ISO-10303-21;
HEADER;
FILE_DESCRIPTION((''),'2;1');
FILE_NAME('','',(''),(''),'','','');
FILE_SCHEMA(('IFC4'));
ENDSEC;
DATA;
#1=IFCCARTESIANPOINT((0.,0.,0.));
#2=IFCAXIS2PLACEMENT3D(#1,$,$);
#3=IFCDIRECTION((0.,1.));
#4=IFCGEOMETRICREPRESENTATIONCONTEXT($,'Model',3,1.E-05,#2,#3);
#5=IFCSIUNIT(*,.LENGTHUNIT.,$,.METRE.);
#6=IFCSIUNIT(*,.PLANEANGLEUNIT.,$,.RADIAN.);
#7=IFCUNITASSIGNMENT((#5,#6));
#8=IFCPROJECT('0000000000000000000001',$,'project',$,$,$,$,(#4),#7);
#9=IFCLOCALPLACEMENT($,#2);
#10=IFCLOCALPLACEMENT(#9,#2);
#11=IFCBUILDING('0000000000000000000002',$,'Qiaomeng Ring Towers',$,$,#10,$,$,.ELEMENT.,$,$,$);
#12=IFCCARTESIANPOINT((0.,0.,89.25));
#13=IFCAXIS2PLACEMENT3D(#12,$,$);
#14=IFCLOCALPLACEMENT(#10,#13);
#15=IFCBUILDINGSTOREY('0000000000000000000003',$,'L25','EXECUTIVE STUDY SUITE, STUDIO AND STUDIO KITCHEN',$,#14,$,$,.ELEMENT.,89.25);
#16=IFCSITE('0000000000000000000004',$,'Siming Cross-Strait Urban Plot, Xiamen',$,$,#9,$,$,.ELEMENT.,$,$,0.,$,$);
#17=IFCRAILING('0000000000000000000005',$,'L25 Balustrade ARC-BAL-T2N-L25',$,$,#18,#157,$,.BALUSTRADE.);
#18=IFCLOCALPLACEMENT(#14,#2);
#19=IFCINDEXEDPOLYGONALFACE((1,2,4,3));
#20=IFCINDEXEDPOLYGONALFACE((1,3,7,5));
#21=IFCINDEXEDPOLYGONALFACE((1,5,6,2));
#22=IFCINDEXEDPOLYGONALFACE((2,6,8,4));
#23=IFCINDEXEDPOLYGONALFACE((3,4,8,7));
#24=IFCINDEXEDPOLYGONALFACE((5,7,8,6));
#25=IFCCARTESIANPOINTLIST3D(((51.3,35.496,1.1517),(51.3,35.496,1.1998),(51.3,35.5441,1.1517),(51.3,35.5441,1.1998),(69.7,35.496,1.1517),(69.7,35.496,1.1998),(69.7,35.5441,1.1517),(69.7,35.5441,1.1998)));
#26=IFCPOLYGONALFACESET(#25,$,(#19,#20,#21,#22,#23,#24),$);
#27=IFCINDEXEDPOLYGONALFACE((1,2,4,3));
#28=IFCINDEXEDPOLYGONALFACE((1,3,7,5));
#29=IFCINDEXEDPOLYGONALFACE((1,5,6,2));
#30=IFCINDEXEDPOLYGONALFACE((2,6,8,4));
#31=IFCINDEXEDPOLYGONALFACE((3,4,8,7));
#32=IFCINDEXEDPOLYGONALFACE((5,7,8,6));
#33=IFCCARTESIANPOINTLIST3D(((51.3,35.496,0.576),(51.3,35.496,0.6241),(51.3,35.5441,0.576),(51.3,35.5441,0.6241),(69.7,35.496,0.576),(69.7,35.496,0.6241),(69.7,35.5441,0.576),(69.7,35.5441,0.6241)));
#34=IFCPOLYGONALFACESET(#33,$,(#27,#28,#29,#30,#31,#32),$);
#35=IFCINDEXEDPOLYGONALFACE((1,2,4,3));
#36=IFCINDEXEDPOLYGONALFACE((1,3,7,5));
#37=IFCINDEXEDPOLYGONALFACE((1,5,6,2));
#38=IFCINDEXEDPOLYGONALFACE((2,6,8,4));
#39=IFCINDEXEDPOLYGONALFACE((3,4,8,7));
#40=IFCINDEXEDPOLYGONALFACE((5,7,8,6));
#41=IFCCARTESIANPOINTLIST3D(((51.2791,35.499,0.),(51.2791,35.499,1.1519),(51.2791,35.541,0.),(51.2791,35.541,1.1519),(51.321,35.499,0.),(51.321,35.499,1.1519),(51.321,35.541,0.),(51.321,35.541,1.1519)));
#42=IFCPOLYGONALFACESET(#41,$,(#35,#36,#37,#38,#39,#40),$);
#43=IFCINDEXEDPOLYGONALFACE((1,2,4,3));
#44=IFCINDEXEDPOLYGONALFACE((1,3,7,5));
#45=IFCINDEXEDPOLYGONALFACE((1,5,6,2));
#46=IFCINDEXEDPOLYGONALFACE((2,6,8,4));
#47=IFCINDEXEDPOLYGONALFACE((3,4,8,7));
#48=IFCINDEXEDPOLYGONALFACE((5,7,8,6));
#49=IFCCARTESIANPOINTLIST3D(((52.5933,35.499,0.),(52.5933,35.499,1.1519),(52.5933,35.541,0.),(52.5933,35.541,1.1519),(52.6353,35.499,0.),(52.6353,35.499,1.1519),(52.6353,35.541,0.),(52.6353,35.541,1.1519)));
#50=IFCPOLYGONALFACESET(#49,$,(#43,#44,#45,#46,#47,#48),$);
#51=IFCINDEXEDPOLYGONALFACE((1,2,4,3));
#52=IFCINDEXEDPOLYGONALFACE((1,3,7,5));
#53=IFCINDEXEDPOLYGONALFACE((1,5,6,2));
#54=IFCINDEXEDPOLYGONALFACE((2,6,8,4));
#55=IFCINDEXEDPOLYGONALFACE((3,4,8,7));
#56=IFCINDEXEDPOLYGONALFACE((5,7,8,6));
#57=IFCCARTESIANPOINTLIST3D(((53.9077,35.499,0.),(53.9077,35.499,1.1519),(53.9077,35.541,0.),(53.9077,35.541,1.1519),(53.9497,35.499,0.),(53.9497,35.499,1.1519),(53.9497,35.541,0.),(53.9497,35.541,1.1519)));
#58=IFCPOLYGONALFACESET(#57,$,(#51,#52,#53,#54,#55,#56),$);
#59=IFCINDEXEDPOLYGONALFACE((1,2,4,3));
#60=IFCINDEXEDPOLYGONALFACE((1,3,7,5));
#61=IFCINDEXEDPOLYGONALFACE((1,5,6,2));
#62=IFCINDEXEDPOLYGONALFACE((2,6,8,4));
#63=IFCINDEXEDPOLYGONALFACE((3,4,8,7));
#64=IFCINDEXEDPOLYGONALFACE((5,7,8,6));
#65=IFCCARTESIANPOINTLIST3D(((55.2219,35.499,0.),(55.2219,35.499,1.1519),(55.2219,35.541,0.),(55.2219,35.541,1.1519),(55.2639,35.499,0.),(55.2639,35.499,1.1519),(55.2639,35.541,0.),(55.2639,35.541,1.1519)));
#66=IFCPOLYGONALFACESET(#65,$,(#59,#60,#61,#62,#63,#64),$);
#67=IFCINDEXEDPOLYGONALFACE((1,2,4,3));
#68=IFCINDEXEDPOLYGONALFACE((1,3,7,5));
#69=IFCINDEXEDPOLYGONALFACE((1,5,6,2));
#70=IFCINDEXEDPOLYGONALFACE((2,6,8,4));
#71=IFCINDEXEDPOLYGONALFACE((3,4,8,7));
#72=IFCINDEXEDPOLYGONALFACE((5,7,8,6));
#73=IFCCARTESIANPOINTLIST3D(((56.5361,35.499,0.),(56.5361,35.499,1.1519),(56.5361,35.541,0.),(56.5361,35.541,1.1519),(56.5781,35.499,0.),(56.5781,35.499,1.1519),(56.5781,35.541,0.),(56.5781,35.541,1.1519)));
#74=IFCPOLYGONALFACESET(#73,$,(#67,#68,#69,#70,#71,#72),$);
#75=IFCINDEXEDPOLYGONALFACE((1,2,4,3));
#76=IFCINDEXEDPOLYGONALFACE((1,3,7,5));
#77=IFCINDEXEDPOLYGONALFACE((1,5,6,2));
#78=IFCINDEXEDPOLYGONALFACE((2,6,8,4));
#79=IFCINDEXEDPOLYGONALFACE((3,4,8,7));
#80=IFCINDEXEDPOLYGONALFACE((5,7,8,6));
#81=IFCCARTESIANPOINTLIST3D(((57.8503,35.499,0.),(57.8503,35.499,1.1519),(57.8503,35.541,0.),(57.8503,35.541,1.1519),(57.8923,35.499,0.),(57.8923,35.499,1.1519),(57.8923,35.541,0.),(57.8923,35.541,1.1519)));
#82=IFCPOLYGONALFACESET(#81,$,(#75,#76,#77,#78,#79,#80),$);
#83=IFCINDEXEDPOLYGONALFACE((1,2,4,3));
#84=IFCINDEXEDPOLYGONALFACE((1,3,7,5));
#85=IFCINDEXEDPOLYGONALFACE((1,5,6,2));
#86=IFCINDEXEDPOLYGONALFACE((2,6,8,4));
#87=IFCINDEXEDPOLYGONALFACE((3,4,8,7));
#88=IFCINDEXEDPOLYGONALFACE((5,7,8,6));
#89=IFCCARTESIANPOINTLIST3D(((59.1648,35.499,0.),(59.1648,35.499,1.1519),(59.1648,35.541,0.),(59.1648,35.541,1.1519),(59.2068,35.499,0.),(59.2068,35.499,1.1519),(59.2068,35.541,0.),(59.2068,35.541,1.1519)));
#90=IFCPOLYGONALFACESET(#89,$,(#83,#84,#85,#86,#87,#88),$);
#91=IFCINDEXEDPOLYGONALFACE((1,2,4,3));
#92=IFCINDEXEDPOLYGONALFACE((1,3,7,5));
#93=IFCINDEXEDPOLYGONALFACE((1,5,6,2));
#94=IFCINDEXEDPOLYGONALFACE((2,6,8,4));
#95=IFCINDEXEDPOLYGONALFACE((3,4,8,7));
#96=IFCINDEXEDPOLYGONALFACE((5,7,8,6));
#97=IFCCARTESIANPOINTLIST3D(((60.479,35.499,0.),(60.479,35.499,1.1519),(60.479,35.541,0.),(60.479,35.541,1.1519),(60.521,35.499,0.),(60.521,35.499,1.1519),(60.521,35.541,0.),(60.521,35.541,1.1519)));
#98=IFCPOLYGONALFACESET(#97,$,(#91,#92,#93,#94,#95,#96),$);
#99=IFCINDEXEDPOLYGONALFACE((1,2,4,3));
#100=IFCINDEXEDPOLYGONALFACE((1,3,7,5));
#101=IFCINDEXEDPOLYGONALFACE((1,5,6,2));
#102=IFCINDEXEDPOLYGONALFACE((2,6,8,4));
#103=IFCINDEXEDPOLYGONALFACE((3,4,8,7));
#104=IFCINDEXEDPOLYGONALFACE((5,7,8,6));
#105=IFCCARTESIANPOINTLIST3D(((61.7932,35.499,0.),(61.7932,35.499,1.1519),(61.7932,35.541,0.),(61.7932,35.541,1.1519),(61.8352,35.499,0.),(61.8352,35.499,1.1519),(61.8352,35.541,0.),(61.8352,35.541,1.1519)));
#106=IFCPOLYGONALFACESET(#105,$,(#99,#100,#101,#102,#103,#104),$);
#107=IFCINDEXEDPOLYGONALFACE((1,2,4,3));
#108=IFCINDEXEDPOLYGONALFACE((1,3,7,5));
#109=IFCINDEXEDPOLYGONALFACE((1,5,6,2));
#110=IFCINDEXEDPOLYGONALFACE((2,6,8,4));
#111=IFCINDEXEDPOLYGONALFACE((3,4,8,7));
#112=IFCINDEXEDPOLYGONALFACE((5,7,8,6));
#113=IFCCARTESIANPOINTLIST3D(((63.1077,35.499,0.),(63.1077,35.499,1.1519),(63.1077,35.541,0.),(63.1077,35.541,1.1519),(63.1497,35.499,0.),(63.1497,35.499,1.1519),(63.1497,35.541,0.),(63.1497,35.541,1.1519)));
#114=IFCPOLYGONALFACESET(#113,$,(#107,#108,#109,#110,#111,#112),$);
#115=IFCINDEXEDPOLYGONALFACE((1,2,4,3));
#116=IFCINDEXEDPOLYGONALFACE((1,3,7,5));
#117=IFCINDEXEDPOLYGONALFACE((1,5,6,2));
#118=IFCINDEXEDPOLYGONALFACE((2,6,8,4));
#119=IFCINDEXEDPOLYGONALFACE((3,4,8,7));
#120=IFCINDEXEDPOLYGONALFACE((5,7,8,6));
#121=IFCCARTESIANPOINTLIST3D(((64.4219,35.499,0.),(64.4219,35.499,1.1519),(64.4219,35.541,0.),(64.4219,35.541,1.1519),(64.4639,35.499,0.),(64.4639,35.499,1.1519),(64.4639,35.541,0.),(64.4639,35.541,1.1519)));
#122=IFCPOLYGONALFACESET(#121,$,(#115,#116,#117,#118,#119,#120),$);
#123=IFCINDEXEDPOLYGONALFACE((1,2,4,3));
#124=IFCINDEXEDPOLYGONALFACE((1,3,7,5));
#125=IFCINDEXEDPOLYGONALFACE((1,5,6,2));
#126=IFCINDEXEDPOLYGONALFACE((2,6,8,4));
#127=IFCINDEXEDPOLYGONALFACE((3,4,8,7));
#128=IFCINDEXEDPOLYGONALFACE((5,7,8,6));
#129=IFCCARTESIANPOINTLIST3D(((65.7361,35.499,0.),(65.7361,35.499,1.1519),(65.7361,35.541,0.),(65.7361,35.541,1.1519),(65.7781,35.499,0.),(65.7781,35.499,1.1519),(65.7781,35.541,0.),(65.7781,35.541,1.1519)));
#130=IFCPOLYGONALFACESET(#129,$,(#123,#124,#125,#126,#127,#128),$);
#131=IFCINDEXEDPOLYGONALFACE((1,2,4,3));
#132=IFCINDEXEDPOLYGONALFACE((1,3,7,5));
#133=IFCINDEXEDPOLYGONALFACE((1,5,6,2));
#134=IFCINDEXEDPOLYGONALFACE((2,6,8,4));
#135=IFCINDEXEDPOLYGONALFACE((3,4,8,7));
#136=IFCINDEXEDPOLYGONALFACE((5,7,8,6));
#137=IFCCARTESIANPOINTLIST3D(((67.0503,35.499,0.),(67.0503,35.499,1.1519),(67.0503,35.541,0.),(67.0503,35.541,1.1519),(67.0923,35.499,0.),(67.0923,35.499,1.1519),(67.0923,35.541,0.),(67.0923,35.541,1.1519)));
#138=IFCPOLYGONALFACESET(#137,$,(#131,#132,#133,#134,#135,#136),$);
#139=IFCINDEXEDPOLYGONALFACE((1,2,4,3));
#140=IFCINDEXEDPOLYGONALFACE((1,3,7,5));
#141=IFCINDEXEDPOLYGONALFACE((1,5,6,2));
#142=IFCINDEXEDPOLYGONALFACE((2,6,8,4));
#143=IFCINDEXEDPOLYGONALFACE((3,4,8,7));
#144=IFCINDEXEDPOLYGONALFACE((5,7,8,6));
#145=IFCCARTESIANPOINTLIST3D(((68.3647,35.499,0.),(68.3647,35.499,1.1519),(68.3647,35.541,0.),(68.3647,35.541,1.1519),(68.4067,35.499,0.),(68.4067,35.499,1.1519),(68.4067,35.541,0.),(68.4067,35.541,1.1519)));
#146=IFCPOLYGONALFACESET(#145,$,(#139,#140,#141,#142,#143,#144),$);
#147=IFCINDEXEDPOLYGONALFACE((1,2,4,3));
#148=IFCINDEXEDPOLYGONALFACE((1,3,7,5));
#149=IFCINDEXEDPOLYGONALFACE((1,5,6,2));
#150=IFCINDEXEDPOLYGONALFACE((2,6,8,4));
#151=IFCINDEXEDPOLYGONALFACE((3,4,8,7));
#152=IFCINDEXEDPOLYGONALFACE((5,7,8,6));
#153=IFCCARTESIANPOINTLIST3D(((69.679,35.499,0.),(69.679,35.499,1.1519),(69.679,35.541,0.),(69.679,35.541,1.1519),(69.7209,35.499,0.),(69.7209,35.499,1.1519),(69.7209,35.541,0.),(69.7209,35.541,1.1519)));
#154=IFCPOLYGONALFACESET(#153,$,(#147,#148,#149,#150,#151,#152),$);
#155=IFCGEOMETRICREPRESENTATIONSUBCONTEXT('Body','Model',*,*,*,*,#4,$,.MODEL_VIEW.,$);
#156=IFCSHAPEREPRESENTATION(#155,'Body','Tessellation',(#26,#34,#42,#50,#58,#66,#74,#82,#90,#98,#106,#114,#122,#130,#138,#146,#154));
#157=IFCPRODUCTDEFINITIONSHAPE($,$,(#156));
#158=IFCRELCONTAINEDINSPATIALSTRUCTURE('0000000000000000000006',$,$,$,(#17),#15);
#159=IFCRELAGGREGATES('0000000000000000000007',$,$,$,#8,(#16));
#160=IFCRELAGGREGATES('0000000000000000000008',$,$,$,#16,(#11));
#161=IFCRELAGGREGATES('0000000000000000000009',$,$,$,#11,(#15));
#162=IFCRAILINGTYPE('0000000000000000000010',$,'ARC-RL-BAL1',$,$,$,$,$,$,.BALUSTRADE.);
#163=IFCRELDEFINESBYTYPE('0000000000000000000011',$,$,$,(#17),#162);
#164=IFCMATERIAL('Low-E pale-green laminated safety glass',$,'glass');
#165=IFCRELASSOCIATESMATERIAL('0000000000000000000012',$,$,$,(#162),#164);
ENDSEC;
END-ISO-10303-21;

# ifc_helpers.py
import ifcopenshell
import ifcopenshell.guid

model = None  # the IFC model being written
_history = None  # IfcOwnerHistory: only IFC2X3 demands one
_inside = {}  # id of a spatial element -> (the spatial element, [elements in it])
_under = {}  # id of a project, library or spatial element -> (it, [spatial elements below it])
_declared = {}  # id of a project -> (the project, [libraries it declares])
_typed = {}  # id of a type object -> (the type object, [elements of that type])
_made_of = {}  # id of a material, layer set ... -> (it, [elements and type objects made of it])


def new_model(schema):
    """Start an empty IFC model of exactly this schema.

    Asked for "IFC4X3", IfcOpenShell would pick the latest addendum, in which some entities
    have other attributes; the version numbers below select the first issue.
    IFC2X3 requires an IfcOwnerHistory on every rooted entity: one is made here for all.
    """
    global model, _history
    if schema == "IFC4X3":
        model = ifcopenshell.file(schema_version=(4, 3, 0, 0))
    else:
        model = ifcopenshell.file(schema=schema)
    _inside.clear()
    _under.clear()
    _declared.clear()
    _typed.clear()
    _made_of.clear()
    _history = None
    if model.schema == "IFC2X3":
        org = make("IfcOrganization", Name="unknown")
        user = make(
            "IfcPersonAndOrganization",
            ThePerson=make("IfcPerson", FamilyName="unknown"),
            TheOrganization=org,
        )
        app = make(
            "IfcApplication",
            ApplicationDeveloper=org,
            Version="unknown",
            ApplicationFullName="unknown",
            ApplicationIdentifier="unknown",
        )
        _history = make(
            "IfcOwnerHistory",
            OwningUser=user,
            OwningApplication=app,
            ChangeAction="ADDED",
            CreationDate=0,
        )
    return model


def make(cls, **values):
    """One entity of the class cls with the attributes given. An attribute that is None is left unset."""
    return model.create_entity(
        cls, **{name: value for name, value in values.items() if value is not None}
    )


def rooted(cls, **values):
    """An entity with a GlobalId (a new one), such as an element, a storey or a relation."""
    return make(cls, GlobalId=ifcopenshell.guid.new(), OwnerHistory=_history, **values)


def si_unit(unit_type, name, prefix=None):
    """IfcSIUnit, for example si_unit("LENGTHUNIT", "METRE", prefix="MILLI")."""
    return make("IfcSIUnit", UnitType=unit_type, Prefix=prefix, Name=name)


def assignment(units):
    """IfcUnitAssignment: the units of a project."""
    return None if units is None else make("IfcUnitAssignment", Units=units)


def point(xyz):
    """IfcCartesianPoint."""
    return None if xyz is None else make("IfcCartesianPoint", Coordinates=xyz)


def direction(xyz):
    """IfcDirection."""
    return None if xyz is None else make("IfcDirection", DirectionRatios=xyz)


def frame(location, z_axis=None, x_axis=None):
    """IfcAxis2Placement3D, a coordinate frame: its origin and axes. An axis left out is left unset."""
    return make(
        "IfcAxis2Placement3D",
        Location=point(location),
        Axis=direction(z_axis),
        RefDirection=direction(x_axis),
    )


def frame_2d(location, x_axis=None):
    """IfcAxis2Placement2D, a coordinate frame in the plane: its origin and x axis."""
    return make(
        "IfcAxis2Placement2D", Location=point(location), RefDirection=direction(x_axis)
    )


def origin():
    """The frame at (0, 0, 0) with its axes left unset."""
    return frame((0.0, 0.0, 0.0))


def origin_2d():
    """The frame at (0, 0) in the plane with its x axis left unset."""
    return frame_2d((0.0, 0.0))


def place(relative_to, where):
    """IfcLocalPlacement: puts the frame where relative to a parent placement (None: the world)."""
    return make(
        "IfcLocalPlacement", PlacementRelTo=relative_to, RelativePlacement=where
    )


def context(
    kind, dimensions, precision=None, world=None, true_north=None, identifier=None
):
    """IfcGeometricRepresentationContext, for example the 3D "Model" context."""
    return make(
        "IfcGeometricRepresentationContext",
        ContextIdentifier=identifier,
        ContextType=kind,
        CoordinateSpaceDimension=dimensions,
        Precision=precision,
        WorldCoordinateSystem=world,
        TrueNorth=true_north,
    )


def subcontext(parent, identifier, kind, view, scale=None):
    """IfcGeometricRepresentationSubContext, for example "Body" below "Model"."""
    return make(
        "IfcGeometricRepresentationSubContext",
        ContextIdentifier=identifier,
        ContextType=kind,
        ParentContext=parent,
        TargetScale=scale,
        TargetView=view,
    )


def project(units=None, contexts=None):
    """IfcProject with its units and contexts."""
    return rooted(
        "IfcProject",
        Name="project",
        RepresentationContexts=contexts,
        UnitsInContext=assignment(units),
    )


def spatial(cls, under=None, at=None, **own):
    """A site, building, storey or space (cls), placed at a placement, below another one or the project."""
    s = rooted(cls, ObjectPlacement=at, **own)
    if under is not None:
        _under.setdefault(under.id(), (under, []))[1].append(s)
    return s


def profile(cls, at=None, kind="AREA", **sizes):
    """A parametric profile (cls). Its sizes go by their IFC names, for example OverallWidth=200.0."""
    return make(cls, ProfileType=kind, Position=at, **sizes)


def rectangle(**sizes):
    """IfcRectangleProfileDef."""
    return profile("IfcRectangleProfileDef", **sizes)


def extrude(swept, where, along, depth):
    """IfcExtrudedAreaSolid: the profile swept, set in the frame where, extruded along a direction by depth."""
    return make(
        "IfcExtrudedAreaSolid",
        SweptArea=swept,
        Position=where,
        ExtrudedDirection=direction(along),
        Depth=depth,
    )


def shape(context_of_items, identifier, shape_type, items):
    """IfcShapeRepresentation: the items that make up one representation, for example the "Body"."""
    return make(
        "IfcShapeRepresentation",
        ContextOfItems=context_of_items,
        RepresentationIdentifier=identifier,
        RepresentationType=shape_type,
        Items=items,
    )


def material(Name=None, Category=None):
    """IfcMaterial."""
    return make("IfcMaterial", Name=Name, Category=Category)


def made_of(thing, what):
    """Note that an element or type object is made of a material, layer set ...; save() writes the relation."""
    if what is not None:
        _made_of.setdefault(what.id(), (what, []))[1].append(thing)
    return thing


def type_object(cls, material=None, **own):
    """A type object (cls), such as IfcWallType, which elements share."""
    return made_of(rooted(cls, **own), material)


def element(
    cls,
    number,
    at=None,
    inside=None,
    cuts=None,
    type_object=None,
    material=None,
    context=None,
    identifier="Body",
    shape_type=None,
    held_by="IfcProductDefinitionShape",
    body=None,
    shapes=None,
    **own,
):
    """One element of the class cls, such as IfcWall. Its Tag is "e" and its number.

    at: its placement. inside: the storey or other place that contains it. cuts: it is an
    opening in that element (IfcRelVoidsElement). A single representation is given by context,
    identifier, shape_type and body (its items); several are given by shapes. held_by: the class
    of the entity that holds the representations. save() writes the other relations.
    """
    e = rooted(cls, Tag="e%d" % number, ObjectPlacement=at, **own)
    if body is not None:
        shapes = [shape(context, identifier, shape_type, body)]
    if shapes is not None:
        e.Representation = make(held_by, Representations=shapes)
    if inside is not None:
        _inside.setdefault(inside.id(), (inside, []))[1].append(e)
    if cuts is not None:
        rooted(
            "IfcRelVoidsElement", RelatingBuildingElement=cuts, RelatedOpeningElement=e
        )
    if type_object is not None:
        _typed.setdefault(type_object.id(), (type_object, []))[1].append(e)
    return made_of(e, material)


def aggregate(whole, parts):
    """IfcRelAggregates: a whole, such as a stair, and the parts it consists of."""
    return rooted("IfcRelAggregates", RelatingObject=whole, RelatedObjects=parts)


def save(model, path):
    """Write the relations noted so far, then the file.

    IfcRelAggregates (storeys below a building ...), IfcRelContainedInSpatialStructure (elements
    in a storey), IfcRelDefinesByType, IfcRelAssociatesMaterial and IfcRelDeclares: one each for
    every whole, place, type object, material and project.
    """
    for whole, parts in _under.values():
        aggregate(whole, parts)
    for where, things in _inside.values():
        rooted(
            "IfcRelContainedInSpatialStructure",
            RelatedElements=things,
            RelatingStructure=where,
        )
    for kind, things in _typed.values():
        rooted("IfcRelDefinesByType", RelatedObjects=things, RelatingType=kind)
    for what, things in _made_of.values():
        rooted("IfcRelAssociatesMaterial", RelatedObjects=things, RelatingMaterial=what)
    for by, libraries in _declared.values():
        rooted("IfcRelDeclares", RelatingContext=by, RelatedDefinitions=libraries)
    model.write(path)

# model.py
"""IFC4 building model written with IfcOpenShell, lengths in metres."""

from ifc_helpers import new_model, si_unit, direction, frame, origin, origin_2d, place, context, subcontext, project, spatial, rectangle, extrude, material, type_object, element, save


model = new_model("IFC4")

# Units and contexts
model_context = context("Model", 3, precision=1e-05, world=origin(), true_north=direction((0.0, 1.0)))
body_context = subcontext(model_context, "Body", "Model", "MODEL_VIEW")
ifc_project = project(units=[si_unit("LENGTHUNIT", "METRE"), si_unit("PLANEANGLEUNIT", "RADIAN")], contexts=[model_context])

# Site, building, storey
site_placement = place(None, origin())
site = spatial("IfcSite", under=ifc_project, at=site_placement, Name="Siming Cross-Strait Urban Plot, Xiamen", CompositionType="ELEMENT", RefElevation=0.0)
building_placement = place(site_placement, origin())
building = spatial("IfcBuilding", under=site, at=building_placement, Name="Qiaomeng Ring Towers", CompositionType="ELEMENT")
storey_placement = place(building_placement, frame((0.0, 0.0, 89.25)))
storey = spatial("IfcBuildingStorey", under=building, at=storey_placement, Name="L25", Description="EXECUTIVE STUDY SUITE, STUDIO AND STUDIO KITCHEN", CompositionType="ELEMENT", Elevation=89.25)

# Railing
ifc_material_1 = material(Name="Low-E pale-green laminated safety glass", Category="glass")
railing_type = type_object("IfcRailingType", Name="ARC-RL-BAL1", PredefinedType="BALUSTRADE", material=ifc_material_1)
railing_1_placement = place(storey_placement, frame((51.3, 35.52, 0.0)))
element("IfcRailing", 1, at=railing_1_placement, inside=storey, type_object=railing_type, Name="L25 Balustrade ARC-BAL-T2N-L25", PredefinedType="BALUSTRADE", context=body_context, shape_type="SweptSolid", body=[
    extrude(rectangle(XDim=0.0481, YDim=0.0481, at=origin_2d()), frame((0.0, 0.0, 1.1758), z_axis=(1.0, 0.0, 0.0), x_axis=(0.0, 1.0, 0.0)), (0.0, 0.0, 1.0), 18.3999),
    extrude(rectangle(XDim=0.0481, YDim=0.0481, at=origin_2d()), frame((0.0, 0.0, 0.6001), z_axis=(1.0, 0.0, 0.0), x_axis=(0.0, 1.0, 0.0)), (0.0, 0.0, 1.0), 18.3999),
    extrude(rectangle(XDim=0.042, YDim=0.042, at=origin_2d()), origin(), (0.0, 0.0, 1.0), 1.1519),
    extrude(rectangle(XDim=0.042, YDim=0.042, at=origin_2d()), frame((1.3142, 0.0, 0.0)), (0.0, 0.0, 1.0), 1.1519),
    extrude(rectangle(XDim=0.042, YDim=0.042, at=origin_2d()), frame((2.6287, 0.0, 0.0)), (0.0, 0.0, 1.0), 1.1519),
    extrude(rectangle(XDim=0.042, YDim=0.042, at=origin_2d()), frame((3.9429, 0.0, 0.0)), (0.0, 0.0, 1.0), 1.1519),
    extrude(rectangle(XDim=0.042, YDim=0.042, at=origin_2d()), frame((5.2571, 0.0, 0.0)), (0.0, 0.0, 1.0), 1.1519),
    extrude(rectangle(XDim=0.042, YDim=0.042, at=origin_2d()), frame((6.5713, 0.0, 0.0)), (0.0, 0.0, 1.0), 1.1519),
    extrude(rectangle(XDim=0.042, YDim=0.042, at=origin_2d()), frame((7.8857, 0.0, 0.0)), (0.0, 0.0, 1.0), 1.1519),
    extrude(rectangle(XDim=0.042, YDim=0.042, at=origin_2d()), frame((9.2, 0.0, 0.0)), (0.0, 0.0, 1.0), 1.1519),
    extrude(rectangle(XDim=0.042, YDim=0.042, at=origin_2d()), frame((10.5142, 0.0, 0.0)), (0.0, 0.0, 1.0), 1.1519),
    extrude(rectangle(XDim=0.042, YDim=0.042, at=origin_2d()), frame((11.8286, 0.0, 0.0)), (0.0, 0.0, 1.0), 1.1519),
    extrude(rectangle(XDim=0.042, YDim=0.042, at=origin_2d()), frame((13.1428, 0.0, 0.0)), (0.0, 0.0, 1.0), 1.1519),
    extrude(rectangle(XDim=0.042, YDim=0.042, at=origin_2d()), frame((14.457, 0.0, 0.0)), (0.0, 0.0, 1.0), 1.1519),
    extrude(rectangle(XDim=0.042, YDim=0.042, at=origin_2d()), frame((15.7712, 0.0, 0.0)), (0.0, 0.0, 1.0), 1.1519),
    extrude(rectangle(XDim=0.042, YDim=0.042, at=origin_2d()), frame((17.0857, 0.0, 0.0)), (0.0, 0.0, 1.0), 1.1519),
    extrude(rectangle(XDim=0.042, YDim=0.042, at=origin_2d()), frame((18.3999, 0.0, 0.0)), (0.0, 0.0, 1.0), 1.1519),
])

save(model, "model.ifc")
